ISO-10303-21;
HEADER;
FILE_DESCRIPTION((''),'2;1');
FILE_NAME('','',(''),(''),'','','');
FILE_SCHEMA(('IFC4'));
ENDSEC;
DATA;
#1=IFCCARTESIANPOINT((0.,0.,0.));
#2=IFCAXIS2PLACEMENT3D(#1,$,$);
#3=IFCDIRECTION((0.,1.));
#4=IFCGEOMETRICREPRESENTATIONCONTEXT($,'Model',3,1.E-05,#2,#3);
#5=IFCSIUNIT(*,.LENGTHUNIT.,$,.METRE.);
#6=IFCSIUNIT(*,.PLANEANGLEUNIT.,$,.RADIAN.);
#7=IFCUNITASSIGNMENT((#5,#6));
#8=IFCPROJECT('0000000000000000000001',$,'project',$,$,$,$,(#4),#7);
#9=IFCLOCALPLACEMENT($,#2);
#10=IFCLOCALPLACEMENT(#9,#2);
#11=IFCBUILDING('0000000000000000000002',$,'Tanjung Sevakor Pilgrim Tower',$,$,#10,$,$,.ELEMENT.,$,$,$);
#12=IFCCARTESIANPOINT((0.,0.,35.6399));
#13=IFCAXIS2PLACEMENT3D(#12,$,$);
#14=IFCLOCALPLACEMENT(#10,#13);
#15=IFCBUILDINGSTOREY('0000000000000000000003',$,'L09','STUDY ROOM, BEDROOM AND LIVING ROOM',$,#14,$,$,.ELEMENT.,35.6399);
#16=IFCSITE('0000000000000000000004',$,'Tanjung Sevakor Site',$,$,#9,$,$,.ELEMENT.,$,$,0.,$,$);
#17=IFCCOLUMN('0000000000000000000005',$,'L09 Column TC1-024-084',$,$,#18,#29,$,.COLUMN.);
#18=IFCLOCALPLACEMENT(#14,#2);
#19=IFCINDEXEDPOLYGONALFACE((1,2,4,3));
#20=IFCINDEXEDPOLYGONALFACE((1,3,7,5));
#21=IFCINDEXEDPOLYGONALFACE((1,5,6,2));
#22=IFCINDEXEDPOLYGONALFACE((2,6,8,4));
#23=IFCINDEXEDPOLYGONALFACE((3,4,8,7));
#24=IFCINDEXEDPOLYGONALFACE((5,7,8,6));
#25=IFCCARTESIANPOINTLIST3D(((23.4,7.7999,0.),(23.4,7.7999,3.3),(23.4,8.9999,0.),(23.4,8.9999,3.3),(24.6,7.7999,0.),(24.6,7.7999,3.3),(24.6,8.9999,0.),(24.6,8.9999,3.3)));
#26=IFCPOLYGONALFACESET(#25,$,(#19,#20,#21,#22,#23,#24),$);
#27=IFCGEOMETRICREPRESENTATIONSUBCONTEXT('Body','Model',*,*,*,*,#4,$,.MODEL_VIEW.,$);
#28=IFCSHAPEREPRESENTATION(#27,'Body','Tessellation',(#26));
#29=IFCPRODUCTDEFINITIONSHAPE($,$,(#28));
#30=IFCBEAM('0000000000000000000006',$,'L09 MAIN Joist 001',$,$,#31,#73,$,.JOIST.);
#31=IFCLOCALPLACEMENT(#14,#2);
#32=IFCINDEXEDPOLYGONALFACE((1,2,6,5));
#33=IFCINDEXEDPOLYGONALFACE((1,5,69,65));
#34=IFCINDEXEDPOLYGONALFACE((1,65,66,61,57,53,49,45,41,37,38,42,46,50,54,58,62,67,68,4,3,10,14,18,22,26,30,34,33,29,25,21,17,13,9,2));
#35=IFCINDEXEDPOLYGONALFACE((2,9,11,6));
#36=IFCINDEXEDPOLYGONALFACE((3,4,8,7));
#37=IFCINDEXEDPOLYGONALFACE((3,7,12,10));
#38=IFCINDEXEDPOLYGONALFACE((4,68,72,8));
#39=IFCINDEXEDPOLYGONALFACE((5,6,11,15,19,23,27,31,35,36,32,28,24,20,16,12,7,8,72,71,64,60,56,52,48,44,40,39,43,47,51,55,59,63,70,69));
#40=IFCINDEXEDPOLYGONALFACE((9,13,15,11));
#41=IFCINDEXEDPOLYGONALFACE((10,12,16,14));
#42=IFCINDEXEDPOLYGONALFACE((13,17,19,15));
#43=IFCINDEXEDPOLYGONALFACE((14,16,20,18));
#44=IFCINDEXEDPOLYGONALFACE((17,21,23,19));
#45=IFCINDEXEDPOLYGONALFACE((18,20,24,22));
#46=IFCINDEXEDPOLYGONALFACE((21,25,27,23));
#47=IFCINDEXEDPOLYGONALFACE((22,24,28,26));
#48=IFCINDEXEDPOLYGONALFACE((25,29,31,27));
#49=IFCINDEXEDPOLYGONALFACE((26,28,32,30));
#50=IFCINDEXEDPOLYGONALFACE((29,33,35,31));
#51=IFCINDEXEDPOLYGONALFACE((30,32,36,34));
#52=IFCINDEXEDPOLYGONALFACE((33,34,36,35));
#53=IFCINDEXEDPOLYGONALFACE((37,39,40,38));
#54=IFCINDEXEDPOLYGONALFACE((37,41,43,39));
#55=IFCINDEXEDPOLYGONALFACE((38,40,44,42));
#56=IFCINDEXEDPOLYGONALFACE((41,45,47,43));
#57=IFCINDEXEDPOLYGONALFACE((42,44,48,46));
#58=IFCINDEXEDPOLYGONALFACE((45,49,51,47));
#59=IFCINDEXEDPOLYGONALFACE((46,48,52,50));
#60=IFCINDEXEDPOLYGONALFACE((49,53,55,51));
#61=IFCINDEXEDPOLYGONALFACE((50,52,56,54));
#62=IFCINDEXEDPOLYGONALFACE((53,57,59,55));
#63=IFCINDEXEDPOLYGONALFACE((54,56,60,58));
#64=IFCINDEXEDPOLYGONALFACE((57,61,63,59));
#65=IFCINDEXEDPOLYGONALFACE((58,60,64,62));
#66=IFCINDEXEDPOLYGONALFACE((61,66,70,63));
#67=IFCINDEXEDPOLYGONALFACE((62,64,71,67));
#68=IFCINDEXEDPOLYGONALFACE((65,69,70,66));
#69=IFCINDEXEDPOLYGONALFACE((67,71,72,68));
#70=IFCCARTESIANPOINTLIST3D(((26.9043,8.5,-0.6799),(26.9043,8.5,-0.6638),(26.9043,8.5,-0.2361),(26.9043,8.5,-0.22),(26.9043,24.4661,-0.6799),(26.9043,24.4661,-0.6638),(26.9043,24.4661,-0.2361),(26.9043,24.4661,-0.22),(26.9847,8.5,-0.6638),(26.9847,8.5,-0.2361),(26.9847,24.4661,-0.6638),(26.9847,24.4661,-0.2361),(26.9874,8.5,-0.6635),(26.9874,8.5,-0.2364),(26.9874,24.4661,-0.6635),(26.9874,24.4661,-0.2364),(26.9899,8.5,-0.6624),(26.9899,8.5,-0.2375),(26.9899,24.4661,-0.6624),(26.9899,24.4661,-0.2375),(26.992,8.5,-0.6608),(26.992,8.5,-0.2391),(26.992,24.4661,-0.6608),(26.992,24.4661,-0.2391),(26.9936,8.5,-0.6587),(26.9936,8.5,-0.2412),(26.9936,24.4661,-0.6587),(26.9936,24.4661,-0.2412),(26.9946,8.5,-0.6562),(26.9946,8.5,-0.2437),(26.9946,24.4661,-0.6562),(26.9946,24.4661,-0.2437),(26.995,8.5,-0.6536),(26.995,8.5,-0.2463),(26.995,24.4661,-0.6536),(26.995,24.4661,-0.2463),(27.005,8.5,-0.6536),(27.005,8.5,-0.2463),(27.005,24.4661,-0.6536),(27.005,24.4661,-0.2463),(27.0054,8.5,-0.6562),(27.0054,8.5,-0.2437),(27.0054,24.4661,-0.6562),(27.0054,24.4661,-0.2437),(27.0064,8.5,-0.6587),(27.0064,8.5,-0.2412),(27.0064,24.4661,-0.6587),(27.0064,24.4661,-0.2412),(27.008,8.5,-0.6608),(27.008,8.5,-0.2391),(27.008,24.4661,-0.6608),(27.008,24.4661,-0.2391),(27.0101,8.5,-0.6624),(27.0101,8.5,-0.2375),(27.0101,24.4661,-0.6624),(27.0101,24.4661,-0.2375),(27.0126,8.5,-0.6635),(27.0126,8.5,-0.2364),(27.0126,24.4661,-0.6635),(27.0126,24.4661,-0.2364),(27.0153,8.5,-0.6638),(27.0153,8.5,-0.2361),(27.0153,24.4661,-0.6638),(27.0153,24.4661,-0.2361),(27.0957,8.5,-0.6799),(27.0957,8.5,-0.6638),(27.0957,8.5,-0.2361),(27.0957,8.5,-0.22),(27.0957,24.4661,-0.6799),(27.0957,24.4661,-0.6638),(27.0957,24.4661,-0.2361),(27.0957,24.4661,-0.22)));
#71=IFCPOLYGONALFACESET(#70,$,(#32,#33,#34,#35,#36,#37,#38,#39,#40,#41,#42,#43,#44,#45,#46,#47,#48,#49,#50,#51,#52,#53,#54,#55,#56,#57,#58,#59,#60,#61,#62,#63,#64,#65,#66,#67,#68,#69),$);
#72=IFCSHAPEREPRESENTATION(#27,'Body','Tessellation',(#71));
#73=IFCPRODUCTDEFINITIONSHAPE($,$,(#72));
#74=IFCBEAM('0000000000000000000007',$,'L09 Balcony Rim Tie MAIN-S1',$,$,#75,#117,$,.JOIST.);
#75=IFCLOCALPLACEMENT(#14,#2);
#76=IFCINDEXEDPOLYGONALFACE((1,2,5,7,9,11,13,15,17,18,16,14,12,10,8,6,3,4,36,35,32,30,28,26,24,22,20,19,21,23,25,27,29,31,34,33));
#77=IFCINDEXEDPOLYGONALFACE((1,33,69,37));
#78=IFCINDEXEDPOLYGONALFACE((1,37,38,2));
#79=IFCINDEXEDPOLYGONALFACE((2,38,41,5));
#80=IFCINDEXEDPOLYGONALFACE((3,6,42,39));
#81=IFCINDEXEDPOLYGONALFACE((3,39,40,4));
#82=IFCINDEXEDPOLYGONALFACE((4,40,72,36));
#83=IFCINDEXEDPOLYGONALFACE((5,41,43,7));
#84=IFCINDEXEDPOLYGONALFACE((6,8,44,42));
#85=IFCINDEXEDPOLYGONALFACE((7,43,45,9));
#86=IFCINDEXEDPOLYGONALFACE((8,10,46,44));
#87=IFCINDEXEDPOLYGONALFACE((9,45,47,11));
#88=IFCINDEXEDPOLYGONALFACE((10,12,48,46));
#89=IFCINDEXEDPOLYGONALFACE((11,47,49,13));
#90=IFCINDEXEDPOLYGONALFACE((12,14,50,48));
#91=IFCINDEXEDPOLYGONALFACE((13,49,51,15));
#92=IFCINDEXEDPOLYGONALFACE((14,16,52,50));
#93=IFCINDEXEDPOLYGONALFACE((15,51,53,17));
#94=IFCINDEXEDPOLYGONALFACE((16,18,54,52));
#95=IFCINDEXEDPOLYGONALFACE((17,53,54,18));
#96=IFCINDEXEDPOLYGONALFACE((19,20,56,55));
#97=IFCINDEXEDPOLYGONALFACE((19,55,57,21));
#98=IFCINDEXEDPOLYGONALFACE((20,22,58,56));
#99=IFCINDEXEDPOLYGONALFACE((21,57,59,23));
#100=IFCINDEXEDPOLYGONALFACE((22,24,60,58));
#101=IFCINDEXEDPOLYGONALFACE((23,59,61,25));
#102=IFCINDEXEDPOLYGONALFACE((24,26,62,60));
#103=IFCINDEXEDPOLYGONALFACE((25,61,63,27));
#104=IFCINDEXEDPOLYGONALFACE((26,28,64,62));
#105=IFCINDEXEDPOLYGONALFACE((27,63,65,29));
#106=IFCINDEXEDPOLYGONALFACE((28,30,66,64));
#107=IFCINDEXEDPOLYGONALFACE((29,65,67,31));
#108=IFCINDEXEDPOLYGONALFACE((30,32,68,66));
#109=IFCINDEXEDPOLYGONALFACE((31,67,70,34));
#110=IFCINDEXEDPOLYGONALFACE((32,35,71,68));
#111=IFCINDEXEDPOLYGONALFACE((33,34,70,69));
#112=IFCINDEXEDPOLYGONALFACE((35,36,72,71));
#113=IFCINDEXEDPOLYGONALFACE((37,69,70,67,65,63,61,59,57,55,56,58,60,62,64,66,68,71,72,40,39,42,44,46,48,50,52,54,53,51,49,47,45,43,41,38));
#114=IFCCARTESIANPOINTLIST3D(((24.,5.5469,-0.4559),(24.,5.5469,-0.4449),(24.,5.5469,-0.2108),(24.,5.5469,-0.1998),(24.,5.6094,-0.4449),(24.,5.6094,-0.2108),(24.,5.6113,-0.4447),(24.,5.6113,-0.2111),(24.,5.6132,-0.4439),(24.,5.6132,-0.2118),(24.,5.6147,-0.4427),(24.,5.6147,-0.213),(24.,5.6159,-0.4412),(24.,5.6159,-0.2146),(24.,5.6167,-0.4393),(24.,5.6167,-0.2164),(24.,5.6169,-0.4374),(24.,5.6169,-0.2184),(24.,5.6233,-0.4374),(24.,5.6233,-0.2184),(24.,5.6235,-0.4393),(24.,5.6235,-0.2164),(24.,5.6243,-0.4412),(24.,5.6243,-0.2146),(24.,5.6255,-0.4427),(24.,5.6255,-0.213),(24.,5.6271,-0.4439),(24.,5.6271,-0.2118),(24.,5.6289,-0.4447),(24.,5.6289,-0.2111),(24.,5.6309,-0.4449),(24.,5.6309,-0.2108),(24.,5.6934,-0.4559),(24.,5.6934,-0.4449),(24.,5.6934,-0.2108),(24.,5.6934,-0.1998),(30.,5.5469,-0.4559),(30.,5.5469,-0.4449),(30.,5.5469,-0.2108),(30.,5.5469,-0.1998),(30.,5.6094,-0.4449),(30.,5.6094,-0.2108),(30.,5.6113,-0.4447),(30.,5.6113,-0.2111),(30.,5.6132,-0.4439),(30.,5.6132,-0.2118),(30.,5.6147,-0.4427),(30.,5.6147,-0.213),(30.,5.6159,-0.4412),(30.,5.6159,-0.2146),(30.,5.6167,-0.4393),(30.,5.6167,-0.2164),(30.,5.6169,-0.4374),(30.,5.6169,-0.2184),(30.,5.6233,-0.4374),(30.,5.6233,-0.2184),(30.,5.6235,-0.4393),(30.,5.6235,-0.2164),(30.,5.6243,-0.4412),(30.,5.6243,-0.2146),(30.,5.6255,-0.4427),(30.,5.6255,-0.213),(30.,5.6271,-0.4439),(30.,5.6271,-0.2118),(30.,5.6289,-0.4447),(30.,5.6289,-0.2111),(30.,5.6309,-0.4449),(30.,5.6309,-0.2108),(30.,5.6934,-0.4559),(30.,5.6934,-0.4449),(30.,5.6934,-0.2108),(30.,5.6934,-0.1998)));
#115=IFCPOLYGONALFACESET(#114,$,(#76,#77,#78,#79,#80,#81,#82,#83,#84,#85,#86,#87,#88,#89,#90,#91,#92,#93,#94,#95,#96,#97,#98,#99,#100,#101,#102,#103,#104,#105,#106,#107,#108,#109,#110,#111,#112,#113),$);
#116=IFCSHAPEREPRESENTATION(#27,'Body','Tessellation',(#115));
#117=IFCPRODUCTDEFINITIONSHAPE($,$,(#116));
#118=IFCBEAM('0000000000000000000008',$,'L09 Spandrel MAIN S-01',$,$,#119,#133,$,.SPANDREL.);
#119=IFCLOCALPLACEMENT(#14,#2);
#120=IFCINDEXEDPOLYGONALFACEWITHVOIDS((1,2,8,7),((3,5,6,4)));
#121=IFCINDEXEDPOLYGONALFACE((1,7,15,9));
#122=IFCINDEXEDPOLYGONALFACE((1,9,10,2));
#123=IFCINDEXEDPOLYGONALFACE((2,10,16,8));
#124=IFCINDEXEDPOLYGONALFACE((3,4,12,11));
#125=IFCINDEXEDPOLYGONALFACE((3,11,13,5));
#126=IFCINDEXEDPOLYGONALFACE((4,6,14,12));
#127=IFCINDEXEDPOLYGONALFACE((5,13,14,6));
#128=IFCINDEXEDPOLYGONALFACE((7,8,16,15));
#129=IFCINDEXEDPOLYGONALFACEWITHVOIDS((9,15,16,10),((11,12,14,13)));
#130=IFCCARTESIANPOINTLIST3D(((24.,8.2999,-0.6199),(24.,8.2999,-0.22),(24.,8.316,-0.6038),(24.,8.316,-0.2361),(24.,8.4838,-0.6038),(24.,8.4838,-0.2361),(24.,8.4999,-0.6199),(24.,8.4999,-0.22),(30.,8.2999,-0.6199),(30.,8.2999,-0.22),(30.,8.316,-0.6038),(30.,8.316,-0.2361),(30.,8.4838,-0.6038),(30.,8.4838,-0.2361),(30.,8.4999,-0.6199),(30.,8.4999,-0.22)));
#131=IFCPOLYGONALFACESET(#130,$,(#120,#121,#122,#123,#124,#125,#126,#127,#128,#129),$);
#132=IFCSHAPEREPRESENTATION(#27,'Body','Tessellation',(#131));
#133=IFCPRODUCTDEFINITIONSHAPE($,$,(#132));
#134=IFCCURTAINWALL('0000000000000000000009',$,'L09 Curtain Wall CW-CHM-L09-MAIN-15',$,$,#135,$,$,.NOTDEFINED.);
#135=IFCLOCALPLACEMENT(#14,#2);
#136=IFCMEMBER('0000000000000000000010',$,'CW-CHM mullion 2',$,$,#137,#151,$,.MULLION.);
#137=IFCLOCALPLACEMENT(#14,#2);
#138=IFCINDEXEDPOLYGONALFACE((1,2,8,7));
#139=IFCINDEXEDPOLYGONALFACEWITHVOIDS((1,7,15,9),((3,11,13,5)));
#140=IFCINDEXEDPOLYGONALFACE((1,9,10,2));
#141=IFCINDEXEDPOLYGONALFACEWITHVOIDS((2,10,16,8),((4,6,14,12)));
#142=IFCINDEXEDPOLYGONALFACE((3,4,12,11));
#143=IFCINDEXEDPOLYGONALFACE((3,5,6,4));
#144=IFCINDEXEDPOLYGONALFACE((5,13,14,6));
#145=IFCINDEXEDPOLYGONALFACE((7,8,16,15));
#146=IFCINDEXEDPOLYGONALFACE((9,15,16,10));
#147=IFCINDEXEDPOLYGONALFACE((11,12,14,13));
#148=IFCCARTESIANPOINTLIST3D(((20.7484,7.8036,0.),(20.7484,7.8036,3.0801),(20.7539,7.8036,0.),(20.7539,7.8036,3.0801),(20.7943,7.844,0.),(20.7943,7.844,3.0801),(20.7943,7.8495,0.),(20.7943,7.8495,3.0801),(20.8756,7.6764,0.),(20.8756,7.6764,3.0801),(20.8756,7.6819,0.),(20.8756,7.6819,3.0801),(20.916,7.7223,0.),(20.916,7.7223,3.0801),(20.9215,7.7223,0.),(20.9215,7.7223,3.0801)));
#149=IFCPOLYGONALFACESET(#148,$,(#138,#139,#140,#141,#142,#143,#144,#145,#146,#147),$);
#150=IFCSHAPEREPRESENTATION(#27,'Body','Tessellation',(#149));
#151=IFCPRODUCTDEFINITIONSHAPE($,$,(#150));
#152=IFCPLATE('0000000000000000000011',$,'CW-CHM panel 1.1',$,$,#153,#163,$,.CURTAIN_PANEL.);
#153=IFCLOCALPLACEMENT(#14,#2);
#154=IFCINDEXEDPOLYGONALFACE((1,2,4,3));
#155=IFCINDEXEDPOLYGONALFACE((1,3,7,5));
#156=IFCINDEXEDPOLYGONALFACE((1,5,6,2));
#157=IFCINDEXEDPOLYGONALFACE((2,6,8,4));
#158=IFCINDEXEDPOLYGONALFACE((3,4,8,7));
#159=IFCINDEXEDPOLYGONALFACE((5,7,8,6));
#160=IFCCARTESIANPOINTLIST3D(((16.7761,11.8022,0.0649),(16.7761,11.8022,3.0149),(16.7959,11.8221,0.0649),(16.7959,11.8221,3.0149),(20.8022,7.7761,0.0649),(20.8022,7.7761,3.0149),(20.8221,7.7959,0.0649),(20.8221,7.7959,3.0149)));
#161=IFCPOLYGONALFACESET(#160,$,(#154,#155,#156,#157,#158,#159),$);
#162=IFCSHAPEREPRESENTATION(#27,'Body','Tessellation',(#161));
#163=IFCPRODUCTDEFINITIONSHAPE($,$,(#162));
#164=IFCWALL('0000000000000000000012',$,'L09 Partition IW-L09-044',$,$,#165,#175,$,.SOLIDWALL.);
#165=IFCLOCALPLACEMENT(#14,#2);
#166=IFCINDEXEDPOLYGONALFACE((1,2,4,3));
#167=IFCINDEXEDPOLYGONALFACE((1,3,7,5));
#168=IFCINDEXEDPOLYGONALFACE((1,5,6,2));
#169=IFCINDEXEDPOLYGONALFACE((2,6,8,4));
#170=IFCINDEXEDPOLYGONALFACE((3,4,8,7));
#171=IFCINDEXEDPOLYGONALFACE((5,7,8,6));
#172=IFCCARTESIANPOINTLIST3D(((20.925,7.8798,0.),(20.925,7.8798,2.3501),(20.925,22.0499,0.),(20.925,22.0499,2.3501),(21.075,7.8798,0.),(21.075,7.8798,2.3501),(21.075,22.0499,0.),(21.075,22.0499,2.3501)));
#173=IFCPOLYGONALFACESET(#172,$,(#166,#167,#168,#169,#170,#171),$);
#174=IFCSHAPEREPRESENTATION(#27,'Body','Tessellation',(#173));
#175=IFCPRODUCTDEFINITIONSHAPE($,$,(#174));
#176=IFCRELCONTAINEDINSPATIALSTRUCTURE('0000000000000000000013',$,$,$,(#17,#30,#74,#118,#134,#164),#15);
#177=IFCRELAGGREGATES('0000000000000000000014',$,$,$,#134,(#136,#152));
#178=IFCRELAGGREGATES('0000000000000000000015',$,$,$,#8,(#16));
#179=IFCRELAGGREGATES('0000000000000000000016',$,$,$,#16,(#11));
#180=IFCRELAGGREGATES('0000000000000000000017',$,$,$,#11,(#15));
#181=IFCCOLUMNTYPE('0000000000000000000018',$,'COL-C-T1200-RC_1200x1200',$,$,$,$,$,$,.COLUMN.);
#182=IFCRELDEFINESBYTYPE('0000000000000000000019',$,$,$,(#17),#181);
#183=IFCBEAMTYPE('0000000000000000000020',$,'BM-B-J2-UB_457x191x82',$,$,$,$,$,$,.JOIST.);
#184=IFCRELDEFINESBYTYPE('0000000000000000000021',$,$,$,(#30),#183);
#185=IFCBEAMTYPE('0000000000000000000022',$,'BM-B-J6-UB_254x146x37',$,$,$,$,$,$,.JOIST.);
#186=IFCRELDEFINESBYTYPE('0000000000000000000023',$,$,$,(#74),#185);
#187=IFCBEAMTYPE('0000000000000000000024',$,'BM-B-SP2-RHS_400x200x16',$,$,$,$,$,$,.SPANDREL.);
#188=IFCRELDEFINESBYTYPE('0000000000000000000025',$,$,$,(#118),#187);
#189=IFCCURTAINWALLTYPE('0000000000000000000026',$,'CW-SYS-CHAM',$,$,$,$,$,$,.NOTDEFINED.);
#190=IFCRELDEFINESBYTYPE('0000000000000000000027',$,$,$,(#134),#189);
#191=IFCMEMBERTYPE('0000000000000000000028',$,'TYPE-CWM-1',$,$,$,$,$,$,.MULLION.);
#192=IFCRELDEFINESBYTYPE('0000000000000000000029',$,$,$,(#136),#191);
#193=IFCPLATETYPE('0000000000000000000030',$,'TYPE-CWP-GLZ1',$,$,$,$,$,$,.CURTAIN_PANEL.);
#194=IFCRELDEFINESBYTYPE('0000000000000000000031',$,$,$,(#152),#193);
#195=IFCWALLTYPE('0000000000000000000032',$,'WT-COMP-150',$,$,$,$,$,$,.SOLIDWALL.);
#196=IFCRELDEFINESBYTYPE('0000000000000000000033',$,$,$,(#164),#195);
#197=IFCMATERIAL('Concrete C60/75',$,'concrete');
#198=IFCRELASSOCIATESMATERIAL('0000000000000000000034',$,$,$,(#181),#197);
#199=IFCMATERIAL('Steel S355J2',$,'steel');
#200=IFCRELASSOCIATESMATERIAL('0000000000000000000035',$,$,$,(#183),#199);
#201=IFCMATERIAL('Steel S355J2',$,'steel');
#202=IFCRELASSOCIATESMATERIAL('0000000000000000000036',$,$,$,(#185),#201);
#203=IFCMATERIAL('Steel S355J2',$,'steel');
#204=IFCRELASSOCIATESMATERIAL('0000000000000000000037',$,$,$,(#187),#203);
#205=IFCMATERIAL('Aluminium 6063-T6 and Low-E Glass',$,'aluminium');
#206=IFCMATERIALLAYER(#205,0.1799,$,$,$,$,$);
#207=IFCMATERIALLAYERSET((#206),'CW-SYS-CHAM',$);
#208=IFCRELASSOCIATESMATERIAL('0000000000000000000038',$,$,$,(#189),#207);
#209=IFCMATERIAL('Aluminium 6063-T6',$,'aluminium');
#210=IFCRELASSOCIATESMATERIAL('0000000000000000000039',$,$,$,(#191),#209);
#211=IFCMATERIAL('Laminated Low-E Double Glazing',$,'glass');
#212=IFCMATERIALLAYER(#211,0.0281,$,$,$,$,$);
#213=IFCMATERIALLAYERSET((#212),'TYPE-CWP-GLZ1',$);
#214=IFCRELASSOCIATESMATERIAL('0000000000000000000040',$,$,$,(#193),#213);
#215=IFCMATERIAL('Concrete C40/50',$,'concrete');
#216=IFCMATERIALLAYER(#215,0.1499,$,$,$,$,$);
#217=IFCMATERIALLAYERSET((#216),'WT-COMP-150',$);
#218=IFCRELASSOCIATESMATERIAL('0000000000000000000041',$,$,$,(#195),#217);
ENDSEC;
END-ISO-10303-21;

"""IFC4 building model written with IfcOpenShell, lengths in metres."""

from ifc_helpers import new_model, si_unit, direction, frame, frame_2d, origin, origin_2d, place, context, subcontext, project, spatial, rectangle, hollow_rectangle, i_section, extrude, material, layer, layer_set, material_profile, profile_set, type_object, element, aggregate, save


model = new_model("IFC4")

# Units and contexts
model_context = context("Model", 3, precision=1e-05, world=origin(), true_north=direction((0.0, 1.0)))
body_context = subcontext(model_context, "Body", "Model", "MODEL_VIEW")
ifc_project = project(units=[si_unit("LENGTHUNIT", "METRE"), si_unit("PLANEANGLEUNIT", "RADIAN")], contexts=[model_context])

# Site, building, storey
site_placement = place(None, origin())
site = spatial("IfcSite", under=ifc_project, at=site_placement, Name="Tanjung Sevakor Site", CompositionType="ELEMENT", RefElevation=0.0)
building_placement = place(site_placement, origin())
building = spatial("IfcBuilding", under=site, at=building_placement, Name="Tanjung Sevakor Pilgrim Tower", CompositionType="ELEMENT")
storey_placement = place(building_placement, frame((0.0, 0.0, 35.6399)))
storey = spatial("IfcBuildingStorey", under=building, at=storey_placement, Name="L09", Description="STUDY ROOM, BEDROOM AND LIVING ROOM", CompositionType="ELEMENT", Elevation=35.6399)

# Column
ifc_material_1 = material(Name="Concrete C60/75", Category="concrete")
ifc_material_profile_1 = material_profile(ifc_material_1, rectangle(XDim=1.2, YDim=1.2, at=origin_2d()))
ifc_profile_set_1 = profile_set([ifc_material_profile_1], Name="Concrete C60/75")
column_type = type_object("IfcColumnType", Name="COL-C-T1200-RC_1200x1200", PredefinedType="COLUMN", material=ifc_profile_set_1)
column_placement = place(storey_placement, frame((24.0, 8.3999, 0.0), z_axis=(0.0, 0.0, 1.0), x_axis=(1.0, 0.0, 0.0)))
element("IfcColumn", 1, at=column_placement, inside=storey, type_object=column_type, Name="L09 Column TC1-024-084", PredefinedType="COLUMN", context=body_context, shape_type="SweptSolid", body=[
    extrude(rectangle(XDim=1.2, YDim=1.2, at=origin_2d()), origin(), (0.0, 0.0, 1.0), 3.3),
])

# Beams
ifc_material_2 = material(Name="Steel S355J2", Category="steel")
ifc_material_profile_2 = material_profile(ifc_material_2, i_section(OverallWidth=0.1914, OverallDepth=0.46, WebThickness=0.01, FlangeThickness=0.0161, FilletRadius=0.0103, at=origin_2d()))
ifc_profile_set_2 = profile_set([ifc_material_profile_2], Name="Steel S355J2")
beam_type_1 = type_object("IfcBeamType", Name="BM-B-J2-UB_457x191x82", PredefinedType="JOIST", material=ifc_profile_set_2)
beam_1_placement = place(storey_placement, frame((27.0, 8.5, -0.45), z_axis=(0.0, 1.0, 0.0), x_axis=(-1.0, 0.0, 0.0)))
element("IfcBeam", 2, at=beam_1_placement, inside=storey, type_object=beam_type_1, Name="L09 MAIN Joist 001", PredefinedType="JOIST", context=body_context, shape_type="SweptSolid", body=[
    extrude(i_section(OverallWidth=0.1914, OverallDepth=0.46, WebThickness=0.01, FlangeThickness=0.0161, FilletRadius=0.0103, at=origin_2d()), origin(), (0.0, 0.0, 1.0), 15.9661),
])
ifc_material_3 = material(Name="Steel S355J2", Category="steel")
ifc_material_profile_3 = material_profile(ifc_material_3, i_section(OverallWidth=0.1465, OverallDepth=0.2561, WebThickness=0.0063, FlangeThickness=0.011, FilletRadius=0.0076, at=origin_2d()))
ifc_profile_set_3 = profile_set([ifc_material_profile_3], Name="Steel S355J2")
beam_type_2 = type_object("IfcBeamType", Name="BM-B-J6-UB_254x146x37", PredefinedType="JOIST", material=ifc_profile_set_3)
beam_2_placement = place(storey_placement, frame((24.0, 5.6201, -0.3279), z_axis=(1.0, 0.0, 0.0), x_axis=(0.0, 1.0, 0.0)))
element("IfcBeam", 3, at=beam_2_placement, inside=storey, type_object=beam_type_2, Name="L09 Balcony Rim Tie MAIN-S1", PredefinedType="JOIST", context=body_context, shape_type="SweptSolid", body=[
    extrude(i_section(OverallWidth=0.1465, OverallDepth=0.2561, WebThickness=0.0063, FlangeThickness=0.011, FilletRadius=0.0076, at=origin_2d()), origin(), (0.0, 0.0, 1.0), 6.0),
])
ifc_material_4 = material(Name="Steel S355J2", Category="steel")
ifc_material_profile_4 = material_profile(ifc_material_4, hollow_rectangle(XDim=0.2, YDim=0.3999, WallThickness=0.0161, at=origin_2d()))
ifc_profile_set_4 = profile_set([ifc_material_profile_4], Name="Steel S355J2")
beam_type_3 = type_object("IfcBeamType", Name="BM-B-SP2-RHS_400x200x16", PredefinedType="SPANDREL", material=ifc_profile_set_4)
beam_3_placement = place(storey_placement, frame((24.0, 8.3999, -0.4199), z_axis=(1.0, 0.0, 0.0), x_axis=(0.0, 1.0, 0.0)))
element("IfcBeam", 4, at=beam_3_placement, inside=storey, type_object=beam_type_3, Name="L09 Spandrel MAIN S-01", PredefinedType="SPANDREL", context=body_context, shape_type="SweptSolid", body=[
    extrude(hollow_rectangle(XDim=0.2, YDim=0.3999, WallThickness=0.0161, at=origin_2d()), origin(), (0.0, 0.0, 1.0), 6.0),
])

# Curtain wall, member, plate
ifc_material_5 = material(Name="Aluminium 6063-T6 and Low-E Glass", Category="aluminium")
ifc_layer_1 = layer(ifc_material_5, 0.1799)
ifc_layer_set_1 = layer_set([ifc_layer_1], Name="CW-SYS-CHAM")
curtain_wall_type = type_object("IfcCurtainWallType", Name="CW-SYS-CHAM", PredefinedType="NOTDEFINED", material=ifc_layer_set_1)
curtain_wall_placement = place(storey_placement, origin())
curtain_wall = element("IfcCurtainWall", 5, at=curtain_wall_placement, inside=storey, type_object=curtain_wall_type, Name="L09 Curtain Wall CW-CHM-L09-MAIN-15", PredefinedType="NOTDEFINED")
ifc_material_6 = material(Name="Aluminium 6063-T6", Category="aluminium")
ifc_material_profile_5 = material_profile(ifc_material_6, hollow_rectangle(XDim=0.0649, YDim=0.1799, WallThickness=0.0039, at=origin_2d()))
ifc_profile_set_5 = profile_set([ifc_material_profile_5], Name="Aluminium 6063-T6")
member_type = type_object("IfcMemberType", Name="TYPE-CWM-1", PredefinedType="MULLION", material=ifc_profile_set_5)
member_placement = place(storey_placement, frame((20.835, 7.7629, 0.0), z_axis=(0.0, 0.0, 1.0), x_axis=(0.707107, 0.707107, 0.0)))
member = element("IfcMember", 6, at=member_placement, type_object=member_type, Name="CW-CHM mullion 2", PredefinedType="MULLION", context=body_context, shape_type="SweptSolid", body=[
    extrude(hollow_rectangle(XDim=0.0649, YDim=0.1799, WallThickness=0.0039, at=origin_2d()), origin(), (0.0, 0.0, 1.0), 3.0801),
])
ifc_material_7 = material(Name="Laminated Low-E Double Glazing", Category="glass")
ifc_layer_2 = layer(ifc_material_7, 0.0281)
ifc_layer_set_2 = layer_set([ifc_layer_2], Name="TYPE-CWP-GLZ1")
plate_type = type_object("IfcPlateType", Name="TYPE-CWP-GLZ1", PredefinedType="CURTAIN_PANEL", material=ifc_layer_set_2)
plate_placement = place(storey_placement, frame((18.7991, 9.7991, 0.0649), z_axis=(0.0, 0.0, 1.0), x_axis=(0.707107, -0.707107, 0.0)))
plate = element("IfcPlate", 7, at=plate_placement, type_object=plate_type, Name="CW-CHM panel 1.1", PredefinedType="CURTAIN_PANEL", context=body_context, shape_type="SweptSolid", body=[
    extrude(rectangle(XDim=5.6938, YDim=0.0281, at=origin_2d()), origin(), (0.0, 0.0, 1.0), 2.95),
])
aggregate(curtain_wall, [member, plate])

# Wall
ifc_material_8 = material(Name="Concrete C40/50", Category="concrete")
ifc_layer_3 = layer(ifc_material_8, 0.1499)
ifc_layer_set_3 = layer_set([ifc_layer_3], Name="WT-COMP-150")
wall_type_1 = type_object("IfcWallType", Name="WT-COMP-150", PredefinedType="SOLIDWALL", material=ifc_layer_set_3)
wall_1_placement = place(storey_placement, frame((21.0, 7.8799, 0.0), z_axis=(0.0, 0.0, 1.0), x_axis=(0.0, 1.0, 0.0)))
element("IfcWall", 8, at=wall_1_placement, inside=storey, type_object=wall_type_1, Name="L09 Partition IW-L09-044", PredefinedType="SOLIDWALL", context=body_context, shape_type="SweptSolid", body=[
    extrude(rectangle(XDim=14.1702, YDim=0.1499, at=frame_2d((7.085, 0.0))), origin(), (0.0, 0.0, 1.0), 2.3501),
])

save(model, "model.ifc")
